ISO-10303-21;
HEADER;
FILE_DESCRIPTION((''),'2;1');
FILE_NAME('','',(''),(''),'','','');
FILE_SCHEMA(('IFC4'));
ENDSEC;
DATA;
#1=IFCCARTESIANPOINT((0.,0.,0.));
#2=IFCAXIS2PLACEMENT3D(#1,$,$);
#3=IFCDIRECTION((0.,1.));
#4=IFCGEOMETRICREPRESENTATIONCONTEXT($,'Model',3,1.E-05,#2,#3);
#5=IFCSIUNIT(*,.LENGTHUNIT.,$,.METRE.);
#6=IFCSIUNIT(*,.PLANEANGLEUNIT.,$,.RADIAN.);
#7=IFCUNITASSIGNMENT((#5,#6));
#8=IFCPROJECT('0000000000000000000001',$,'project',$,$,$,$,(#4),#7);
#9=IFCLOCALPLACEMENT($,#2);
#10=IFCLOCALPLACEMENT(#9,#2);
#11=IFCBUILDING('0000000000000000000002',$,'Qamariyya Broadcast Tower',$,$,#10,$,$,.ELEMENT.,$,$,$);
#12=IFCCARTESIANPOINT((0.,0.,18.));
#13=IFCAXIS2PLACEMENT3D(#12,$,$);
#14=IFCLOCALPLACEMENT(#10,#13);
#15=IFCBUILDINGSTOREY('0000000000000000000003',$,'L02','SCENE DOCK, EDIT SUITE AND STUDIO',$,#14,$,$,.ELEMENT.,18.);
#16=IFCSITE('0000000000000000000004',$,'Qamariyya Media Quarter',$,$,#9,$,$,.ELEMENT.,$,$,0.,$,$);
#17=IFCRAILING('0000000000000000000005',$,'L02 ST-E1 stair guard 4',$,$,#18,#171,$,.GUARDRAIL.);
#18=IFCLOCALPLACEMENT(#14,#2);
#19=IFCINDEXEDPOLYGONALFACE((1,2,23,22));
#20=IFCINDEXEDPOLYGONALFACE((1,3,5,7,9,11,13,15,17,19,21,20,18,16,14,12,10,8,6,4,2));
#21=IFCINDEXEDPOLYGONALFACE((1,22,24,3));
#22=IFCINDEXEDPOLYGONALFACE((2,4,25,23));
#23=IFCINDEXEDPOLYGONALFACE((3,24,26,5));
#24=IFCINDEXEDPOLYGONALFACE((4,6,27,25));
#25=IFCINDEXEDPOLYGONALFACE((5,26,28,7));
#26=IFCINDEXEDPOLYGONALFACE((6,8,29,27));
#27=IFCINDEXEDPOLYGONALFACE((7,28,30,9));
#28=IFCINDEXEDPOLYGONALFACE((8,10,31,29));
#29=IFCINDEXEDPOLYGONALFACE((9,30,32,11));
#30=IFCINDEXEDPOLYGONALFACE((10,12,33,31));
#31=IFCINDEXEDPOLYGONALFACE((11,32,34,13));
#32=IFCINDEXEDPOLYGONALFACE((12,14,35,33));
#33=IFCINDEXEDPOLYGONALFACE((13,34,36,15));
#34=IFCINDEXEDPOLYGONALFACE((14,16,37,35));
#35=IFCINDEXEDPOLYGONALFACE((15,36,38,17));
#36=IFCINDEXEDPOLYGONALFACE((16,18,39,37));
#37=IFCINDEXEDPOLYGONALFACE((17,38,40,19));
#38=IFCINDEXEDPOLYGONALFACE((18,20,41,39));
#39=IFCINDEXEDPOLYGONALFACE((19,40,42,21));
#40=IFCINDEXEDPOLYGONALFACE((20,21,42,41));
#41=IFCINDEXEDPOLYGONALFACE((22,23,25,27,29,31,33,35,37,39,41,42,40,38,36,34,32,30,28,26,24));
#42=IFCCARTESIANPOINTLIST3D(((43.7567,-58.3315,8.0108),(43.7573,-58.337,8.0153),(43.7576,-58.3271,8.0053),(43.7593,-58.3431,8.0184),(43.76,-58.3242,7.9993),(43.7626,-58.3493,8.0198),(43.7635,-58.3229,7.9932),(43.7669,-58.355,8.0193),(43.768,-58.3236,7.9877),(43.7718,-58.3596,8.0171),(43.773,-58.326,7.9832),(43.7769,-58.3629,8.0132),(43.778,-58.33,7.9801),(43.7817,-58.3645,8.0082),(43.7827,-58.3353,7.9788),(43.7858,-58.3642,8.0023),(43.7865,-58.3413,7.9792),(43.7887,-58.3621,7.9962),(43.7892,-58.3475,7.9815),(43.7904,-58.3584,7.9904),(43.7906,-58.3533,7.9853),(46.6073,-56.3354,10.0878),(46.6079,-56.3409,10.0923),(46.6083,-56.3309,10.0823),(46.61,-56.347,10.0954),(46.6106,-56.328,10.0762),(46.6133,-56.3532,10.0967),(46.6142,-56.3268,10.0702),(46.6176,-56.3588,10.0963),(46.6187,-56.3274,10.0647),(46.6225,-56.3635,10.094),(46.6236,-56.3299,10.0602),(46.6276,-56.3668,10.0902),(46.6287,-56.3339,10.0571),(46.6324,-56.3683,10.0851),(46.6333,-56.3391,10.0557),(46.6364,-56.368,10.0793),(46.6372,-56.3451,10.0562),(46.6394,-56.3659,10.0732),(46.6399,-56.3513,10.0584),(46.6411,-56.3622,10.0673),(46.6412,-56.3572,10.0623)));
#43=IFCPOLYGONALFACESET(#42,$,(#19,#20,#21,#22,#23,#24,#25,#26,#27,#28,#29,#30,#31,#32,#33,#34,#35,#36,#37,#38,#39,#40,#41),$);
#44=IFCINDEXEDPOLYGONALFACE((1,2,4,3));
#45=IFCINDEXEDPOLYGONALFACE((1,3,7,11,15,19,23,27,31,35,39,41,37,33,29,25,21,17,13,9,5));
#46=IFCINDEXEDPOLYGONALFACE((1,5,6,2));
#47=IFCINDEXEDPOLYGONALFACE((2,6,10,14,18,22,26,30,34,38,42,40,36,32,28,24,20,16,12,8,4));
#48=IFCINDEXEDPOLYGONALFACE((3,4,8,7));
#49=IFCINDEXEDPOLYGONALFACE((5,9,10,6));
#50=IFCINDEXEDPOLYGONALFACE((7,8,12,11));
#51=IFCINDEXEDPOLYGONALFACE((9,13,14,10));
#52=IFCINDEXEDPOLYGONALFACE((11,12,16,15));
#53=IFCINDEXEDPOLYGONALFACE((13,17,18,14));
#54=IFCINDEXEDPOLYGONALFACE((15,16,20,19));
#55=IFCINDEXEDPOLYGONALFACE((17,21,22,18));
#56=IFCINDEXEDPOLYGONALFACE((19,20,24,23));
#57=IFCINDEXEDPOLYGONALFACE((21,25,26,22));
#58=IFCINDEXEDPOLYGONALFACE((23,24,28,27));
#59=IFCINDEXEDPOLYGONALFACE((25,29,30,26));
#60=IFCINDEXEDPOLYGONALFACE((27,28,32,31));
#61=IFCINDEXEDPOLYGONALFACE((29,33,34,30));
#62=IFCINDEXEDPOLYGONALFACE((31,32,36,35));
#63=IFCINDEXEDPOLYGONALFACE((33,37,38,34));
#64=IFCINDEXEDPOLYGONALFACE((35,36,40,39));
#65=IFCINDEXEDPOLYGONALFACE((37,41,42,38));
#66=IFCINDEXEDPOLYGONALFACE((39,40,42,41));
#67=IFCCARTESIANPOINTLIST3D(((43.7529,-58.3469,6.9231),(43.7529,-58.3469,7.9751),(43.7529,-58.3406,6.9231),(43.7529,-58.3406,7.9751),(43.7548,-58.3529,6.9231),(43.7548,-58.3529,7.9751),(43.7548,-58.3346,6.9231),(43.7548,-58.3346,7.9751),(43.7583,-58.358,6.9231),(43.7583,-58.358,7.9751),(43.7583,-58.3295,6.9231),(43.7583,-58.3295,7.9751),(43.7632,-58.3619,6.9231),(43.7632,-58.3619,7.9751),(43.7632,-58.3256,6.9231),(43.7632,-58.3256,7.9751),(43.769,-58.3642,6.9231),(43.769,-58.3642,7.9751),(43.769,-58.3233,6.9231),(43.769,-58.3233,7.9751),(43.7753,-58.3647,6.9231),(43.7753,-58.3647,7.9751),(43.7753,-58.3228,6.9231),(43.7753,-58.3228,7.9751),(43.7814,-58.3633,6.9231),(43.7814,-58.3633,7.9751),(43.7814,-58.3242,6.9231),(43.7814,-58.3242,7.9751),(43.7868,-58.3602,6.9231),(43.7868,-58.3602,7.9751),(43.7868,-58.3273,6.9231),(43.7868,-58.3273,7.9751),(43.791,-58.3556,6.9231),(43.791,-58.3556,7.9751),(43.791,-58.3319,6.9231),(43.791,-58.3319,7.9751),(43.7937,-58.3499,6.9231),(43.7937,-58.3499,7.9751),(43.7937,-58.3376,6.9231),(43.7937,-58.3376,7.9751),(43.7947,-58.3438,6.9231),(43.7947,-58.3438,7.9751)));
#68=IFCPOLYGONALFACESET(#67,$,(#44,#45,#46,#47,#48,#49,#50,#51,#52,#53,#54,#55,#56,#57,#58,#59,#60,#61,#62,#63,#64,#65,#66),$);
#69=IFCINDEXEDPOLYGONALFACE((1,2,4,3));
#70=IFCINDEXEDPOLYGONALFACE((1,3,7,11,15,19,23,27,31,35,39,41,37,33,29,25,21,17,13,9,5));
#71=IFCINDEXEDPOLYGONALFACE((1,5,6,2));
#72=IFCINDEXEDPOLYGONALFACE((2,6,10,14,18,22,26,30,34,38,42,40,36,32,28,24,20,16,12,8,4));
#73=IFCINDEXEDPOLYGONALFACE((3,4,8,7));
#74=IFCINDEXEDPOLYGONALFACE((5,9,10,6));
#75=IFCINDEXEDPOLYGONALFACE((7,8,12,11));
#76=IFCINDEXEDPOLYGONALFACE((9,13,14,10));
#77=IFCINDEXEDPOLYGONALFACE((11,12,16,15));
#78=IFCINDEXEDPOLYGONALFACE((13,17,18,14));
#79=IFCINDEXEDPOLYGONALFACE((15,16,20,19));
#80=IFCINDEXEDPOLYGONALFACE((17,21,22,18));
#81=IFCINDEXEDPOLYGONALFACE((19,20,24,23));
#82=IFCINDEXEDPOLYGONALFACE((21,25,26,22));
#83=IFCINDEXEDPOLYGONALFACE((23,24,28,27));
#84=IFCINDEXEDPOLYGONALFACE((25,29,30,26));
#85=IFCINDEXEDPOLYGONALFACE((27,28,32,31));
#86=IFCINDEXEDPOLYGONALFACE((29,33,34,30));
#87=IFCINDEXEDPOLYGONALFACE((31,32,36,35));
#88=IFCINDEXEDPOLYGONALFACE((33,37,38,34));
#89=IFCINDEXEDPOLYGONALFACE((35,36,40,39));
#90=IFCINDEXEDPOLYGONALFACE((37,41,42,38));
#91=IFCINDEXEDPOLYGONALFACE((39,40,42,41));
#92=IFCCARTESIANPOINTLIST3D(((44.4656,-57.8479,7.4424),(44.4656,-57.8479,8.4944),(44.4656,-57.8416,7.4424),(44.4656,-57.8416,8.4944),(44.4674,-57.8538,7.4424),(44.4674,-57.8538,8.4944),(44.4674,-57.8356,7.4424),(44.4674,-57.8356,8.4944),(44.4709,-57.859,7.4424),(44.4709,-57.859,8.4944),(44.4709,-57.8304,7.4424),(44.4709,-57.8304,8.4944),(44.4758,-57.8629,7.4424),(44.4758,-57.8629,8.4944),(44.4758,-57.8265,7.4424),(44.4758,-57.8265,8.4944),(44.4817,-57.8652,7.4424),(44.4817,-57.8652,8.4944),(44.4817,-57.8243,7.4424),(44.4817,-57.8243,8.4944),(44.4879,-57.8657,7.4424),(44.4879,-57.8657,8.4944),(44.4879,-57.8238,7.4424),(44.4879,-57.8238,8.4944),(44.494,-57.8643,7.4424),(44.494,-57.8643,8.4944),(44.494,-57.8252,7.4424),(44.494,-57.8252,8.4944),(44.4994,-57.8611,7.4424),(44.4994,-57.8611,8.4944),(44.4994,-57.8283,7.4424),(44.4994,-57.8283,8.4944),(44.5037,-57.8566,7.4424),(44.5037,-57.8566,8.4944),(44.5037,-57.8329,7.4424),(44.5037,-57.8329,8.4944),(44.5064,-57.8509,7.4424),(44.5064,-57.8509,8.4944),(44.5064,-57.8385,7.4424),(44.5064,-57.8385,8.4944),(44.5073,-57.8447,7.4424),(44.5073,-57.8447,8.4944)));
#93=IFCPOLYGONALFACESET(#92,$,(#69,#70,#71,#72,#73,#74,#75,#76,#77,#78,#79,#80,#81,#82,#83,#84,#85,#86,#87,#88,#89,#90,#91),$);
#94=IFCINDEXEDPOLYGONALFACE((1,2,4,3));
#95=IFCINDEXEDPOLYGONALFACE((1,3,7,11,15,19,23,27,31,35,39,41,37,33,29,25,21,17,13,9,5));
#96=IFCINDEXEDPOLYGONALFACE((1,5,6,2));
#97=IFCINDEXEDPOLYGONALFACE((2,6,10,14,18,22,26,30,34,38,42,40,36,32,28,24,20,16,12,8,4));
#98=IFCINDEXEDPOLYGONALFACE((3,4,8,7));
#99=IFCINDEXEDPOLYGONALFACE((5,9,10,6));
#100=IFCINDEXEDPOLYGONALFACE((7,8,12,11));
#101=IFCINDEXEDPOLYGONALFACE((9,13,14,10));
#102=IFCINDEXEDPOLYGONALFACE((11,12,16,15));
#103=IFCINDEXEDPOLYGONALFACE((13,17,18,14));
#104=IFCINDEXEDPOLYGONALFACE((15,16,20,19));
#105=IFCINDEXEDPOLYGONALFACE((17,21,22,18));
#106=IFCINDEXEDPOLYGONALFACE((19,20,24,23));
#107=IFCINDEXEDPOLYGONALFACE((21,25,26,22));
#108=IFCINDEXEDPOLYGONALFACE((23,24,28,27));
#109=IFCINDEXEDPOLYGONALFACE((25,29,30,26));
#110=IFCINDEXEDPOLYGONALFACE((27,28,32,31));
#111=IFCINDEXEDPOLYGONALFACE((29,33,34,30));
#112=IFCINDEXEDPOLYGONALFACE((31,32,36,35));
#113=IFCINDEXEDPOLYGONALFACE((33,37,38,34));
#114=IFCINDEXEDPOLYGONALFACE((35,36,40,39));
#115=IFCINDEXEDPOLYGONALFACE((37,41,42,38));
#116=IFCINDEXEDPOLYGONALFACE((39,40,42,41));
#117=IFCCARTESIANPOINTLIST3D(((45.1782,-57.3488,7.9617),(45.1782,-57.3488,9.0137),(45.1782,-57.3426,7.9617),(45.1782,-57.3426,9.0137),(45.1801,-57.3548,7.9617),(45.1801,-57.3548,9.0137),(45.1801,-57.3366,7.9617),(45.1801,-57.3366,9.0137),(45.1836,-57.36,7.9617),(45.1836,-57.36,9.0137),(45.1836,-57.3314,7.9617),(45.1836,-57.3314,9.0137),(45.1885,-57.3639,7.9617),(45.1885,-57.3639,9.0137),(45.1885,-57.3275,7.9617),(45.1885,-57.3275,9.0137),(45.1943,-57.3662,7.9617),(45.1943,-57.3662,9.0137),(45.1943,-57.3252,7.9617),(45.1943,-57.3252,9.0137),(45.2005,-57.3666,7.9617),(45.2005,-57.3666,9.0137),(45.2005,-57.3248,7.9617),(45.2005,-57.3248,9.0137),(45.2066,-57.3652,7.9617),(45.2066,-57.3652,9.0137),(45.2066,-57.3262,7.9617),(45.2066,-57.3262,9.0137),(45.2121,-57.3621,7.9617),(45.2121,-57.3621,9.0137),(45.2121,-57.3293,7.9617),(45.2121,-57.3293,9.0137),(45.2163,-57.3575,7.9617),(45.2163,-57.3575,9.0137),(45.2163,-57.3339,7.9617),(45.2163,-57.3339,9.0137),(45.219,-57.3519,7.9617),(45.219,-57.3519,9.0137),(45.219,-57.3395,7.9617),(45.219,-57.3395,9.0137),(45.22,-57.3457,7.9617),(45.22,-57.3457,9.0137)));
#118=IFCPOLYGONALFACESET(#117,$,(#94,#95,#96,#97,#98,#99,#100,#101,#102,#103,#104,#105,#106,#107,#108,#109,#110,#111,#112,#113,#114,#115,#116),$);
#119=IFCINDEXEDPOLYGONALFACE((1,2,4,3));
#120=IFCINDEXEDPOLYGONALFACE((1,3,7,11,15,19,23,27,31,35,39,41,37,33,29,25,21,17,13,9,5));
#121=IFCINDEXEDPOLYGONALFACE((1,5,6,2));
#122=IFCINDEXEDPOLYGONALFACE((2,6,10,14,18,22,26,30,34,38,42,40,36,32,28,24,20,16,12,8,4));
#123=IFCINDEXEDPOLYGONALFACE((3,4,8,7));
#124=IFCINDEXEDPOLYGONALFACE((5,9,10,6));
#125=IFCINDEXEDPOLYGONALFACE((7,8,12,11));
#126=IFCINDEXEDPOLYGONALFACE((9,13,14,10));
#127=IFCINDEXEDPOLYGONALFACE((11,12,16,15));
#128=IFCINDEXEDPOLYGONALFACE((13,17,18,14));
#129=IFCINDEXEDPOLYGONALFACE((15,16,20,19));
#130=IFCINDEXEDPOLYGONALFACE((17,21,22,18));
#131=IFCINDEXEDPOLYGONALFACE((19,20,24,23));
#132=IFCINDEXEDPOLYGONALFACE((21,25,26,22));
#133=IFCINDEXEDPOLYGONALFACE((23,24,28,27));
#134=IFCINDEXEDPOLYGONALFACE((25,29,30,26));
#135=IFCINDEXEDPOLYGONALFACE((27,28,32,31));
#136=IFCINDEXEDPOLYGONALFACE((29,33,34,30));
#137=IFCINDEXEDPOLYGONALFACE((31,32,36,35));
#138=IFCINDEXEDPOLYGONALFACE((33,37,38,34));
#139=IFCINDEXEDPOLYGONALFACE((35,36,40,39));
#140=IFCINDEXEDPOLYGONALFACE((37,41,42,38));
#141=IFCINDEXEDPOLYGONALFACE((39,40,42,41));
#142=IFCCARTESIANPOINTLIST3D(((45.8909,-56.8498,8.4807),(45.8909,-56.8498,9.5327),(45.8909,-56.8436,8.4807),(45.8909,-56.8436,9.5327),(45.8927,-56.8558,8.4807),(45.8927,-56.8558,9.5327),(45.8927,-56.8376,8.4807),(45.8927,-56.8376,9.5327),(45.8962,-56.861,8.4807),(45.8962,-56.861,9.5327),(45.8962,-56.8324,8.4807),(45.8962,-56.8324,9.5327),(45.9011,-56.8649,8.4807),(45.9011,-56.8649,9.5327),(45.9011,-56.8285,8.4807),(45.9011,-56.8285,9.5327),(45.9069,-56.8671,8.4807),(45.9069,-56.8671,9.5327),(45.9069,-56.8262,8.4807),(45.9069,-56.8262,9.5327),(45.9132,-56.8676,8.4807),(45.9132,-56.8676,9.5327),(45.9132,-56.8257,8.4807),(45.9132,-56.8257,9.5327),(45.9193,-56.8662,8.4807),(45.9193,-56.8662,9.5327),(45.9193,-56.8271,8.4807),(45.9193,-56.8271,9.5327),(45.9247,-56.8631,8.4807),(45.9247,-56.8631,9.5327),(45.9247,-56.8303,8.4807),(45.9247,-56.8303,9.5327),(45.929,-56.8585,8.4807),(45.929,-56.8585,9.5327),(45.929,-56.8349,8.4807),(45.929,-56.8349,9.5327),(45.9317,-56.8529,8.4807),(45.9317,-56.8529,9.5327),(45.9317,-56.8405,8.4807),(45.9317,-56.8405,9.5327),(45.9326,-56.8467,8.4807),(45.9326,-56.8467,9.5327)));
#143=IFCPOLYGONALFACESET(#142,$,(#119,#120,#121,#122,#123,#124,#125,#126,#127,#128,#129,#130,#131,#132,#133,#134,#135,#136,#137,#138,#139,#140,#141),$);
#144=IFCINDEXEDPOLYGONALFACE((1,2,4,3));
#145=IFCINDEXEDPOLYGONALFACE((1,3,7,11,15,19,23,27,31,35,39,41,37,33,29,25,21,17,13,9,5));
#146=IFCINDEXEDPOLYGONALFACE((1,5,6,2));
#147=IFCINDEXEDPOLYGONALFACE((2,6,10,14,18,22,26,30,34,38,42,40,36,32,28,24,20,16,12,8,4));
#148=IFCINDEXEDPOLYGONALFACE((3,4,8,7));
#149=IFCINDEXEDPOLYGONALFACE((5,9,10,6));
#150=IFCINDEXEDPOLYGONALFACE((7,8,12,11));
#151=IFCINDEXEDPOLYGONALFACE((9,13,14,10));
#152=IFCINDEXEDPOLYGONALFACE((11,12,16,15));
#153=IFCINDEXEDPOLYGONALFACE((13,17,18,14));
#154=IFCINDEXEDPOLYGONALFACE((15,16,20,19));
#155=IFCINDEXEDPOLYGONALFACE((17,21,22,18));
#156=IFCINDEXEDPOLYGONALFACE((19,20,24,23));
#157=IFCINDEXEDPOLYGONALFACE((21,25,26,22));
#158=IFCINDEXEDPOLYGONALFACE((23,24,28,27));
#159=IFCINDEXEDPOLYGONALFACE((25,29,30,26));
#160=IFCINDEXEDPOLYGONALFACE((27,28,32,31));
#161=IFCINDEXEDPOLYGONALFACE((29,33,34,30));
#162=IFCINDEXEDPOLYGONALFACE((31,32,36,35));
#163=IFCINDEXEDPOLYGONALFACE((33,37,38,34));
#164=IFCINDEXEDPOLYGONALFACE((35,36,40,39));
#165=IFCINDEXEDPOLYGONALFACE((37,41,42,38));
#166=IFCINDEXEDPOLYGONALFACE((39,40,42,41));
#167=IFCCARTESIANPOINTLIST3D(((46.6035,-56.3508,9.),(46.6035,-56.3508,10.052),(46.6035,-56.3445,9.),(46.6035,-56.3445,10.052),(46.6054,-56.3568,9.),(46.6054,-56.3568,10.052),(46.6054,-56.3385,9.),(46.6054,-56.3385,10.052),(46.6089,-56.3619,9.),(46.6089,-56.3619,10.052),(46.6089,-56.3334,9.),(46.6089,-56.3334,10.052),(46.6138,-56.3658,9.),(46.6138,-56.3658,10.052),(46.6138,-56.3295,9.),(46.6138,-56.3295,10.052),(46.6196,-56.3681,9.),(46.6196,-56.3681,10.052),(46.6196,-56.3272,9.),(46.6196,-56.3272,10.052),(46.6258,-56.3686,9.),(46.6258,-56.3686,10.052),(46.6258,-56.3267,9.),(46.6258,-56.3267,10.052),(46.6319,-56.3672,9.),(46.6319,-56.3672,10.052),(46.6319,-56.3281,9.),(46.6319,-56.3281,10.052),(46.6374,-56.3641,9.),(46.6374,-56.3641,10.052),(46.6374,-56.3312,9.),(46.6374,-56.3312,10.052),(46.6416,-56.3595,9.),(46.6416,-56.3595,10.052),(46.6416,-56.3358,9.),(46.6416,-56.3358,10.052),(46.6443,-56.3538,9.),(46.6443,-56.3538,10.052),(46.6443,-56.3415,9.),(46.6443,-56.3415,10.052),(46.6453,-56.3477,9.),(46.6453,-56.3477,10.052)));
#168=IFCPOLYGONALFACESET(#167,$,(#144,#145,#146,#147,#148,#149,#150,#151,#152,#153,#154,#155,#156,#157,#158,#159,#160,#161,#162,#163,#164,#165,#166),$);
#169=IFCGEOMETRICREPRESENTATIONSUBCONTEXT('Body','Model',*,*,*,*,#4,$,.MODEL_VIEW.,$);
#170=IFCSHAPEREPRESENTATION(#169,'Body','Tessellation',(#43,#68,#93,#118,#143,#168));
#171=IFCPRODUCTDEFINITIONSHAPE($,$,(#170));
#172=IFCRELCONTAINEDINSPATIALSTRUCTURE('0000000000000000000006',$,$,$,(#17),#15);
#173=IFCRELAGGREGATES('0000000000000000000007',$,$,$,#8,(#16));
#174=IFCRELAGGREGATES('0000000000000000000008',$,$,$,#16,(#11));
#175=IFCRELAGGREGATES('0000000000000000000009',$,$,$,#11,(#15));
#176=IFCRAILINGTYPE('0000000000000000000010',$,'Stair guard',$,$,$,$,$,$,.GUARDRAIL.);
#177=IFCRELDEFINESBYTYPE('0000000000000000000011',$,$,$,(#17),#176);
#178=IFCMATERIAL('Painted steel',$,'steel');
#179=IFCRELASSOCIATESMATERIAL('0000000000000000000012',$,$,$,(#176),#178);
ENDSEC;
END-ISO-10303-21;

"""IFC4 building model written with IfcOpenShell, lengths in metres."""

from ifc_helpers import new_model, si_unit, direction, frame, origin, origin_2d, place, context, subcontext, project, spatial, circle, extrude, material, type_object, element, save


model = new_model("IFC4")

# Units and contexts
model_context = context("Model", 3, precision=1e-05, world=origin(), true_north=direction((0.0, 1.0)))
body_context = subcontext(model_context, "Body", "Model", "MODEL_VIEW")
ifc_project = project(units=[si_unit("LENGTHUNIT", "METRE"), si_unit("PLANEANGLEUNIT", "RADIAN")], contexts=[model_context])

# Site, building, storey
site_placement = place(None, origin())
site = spatial("IfcSite", under=ifc_project, at=site_placement, Name="Qamariyya Media Quarter", CompositionType="ELEMENT", RefElevation=0.0)
building_placement = place(site_placement, origin())
building = spatial("IfcBuilding", under=site, at=building_placement, Name="Qamariyya Broadcast Tower", CompositionType="ELEMENT")
storey_placement = place(building_placement, frame((0.0, 0.0, 18.0)))
storey = spatial("IfcBuildingStorey", under=building, at=storey_placement, Name="L02", Description="SCENE DOCK, EDIT SUITE AND STUDIO", CompositionType="ELEMENT", Elevation=18.0)

# Railing
ifc_material_1 = material(Name="Painted steel", Category="steel")
railing_type_1 = type_object("IfcRailingType", Name="Stair guard", PredefinedType="GUARDRAIL", material=ifc_material_1)
railing_1_placement = place(storey_placement, frame((43.7737, -58.3438, 6.9231)))
element("IfcRailing", 1, at=railing_1_placement, inside=storey, type_object=railing_type_1, Name="L02 ST-E1 stair guard 4", PredefinedType="GUARDRAIL", context=body_context, shape_type="SweptSolid", body=[
    extrude(circle(Radius=0.0239, at=origin_2d()), frame((0.0, 0.0, 1.0762), z_axis=(0.703393, 0.492544, 0.512484), x_axis=(-0.573594, 0.81914, 0.0)), (0.0, 0.0, 1.0), 4.0527),
    extrude(circle(Radius=0.021, at=origin_2d()), origin(), (0.0, 0.0, 1.0), 1.052),
    extrude(circle(Radius=0.021, at=origin_2d()), frame((0.7126, 0.499, 0.5193)), (0.0, 0.0, 1.0), 1.052),
    extrude(circle(Radius=0.021, at=origin_2d()), frame((1.4253, 0.998, 1.0386)), (0.0, 0.0, 1.0), 1.052),
    extrude(circle(Radius=0.021, at=origin_2d()), frame((2.1379, 1.4971, 1.5576)), (0.0, 0.0, 1.0), 1.052),
    extrude(circle(Radius=0.021, at=origin_2d()), frame((2.8506, 1.9961, 2.0769)), (0.0, 0.0, 1.0), 1.052),
])

save(model, "model.ifc")
